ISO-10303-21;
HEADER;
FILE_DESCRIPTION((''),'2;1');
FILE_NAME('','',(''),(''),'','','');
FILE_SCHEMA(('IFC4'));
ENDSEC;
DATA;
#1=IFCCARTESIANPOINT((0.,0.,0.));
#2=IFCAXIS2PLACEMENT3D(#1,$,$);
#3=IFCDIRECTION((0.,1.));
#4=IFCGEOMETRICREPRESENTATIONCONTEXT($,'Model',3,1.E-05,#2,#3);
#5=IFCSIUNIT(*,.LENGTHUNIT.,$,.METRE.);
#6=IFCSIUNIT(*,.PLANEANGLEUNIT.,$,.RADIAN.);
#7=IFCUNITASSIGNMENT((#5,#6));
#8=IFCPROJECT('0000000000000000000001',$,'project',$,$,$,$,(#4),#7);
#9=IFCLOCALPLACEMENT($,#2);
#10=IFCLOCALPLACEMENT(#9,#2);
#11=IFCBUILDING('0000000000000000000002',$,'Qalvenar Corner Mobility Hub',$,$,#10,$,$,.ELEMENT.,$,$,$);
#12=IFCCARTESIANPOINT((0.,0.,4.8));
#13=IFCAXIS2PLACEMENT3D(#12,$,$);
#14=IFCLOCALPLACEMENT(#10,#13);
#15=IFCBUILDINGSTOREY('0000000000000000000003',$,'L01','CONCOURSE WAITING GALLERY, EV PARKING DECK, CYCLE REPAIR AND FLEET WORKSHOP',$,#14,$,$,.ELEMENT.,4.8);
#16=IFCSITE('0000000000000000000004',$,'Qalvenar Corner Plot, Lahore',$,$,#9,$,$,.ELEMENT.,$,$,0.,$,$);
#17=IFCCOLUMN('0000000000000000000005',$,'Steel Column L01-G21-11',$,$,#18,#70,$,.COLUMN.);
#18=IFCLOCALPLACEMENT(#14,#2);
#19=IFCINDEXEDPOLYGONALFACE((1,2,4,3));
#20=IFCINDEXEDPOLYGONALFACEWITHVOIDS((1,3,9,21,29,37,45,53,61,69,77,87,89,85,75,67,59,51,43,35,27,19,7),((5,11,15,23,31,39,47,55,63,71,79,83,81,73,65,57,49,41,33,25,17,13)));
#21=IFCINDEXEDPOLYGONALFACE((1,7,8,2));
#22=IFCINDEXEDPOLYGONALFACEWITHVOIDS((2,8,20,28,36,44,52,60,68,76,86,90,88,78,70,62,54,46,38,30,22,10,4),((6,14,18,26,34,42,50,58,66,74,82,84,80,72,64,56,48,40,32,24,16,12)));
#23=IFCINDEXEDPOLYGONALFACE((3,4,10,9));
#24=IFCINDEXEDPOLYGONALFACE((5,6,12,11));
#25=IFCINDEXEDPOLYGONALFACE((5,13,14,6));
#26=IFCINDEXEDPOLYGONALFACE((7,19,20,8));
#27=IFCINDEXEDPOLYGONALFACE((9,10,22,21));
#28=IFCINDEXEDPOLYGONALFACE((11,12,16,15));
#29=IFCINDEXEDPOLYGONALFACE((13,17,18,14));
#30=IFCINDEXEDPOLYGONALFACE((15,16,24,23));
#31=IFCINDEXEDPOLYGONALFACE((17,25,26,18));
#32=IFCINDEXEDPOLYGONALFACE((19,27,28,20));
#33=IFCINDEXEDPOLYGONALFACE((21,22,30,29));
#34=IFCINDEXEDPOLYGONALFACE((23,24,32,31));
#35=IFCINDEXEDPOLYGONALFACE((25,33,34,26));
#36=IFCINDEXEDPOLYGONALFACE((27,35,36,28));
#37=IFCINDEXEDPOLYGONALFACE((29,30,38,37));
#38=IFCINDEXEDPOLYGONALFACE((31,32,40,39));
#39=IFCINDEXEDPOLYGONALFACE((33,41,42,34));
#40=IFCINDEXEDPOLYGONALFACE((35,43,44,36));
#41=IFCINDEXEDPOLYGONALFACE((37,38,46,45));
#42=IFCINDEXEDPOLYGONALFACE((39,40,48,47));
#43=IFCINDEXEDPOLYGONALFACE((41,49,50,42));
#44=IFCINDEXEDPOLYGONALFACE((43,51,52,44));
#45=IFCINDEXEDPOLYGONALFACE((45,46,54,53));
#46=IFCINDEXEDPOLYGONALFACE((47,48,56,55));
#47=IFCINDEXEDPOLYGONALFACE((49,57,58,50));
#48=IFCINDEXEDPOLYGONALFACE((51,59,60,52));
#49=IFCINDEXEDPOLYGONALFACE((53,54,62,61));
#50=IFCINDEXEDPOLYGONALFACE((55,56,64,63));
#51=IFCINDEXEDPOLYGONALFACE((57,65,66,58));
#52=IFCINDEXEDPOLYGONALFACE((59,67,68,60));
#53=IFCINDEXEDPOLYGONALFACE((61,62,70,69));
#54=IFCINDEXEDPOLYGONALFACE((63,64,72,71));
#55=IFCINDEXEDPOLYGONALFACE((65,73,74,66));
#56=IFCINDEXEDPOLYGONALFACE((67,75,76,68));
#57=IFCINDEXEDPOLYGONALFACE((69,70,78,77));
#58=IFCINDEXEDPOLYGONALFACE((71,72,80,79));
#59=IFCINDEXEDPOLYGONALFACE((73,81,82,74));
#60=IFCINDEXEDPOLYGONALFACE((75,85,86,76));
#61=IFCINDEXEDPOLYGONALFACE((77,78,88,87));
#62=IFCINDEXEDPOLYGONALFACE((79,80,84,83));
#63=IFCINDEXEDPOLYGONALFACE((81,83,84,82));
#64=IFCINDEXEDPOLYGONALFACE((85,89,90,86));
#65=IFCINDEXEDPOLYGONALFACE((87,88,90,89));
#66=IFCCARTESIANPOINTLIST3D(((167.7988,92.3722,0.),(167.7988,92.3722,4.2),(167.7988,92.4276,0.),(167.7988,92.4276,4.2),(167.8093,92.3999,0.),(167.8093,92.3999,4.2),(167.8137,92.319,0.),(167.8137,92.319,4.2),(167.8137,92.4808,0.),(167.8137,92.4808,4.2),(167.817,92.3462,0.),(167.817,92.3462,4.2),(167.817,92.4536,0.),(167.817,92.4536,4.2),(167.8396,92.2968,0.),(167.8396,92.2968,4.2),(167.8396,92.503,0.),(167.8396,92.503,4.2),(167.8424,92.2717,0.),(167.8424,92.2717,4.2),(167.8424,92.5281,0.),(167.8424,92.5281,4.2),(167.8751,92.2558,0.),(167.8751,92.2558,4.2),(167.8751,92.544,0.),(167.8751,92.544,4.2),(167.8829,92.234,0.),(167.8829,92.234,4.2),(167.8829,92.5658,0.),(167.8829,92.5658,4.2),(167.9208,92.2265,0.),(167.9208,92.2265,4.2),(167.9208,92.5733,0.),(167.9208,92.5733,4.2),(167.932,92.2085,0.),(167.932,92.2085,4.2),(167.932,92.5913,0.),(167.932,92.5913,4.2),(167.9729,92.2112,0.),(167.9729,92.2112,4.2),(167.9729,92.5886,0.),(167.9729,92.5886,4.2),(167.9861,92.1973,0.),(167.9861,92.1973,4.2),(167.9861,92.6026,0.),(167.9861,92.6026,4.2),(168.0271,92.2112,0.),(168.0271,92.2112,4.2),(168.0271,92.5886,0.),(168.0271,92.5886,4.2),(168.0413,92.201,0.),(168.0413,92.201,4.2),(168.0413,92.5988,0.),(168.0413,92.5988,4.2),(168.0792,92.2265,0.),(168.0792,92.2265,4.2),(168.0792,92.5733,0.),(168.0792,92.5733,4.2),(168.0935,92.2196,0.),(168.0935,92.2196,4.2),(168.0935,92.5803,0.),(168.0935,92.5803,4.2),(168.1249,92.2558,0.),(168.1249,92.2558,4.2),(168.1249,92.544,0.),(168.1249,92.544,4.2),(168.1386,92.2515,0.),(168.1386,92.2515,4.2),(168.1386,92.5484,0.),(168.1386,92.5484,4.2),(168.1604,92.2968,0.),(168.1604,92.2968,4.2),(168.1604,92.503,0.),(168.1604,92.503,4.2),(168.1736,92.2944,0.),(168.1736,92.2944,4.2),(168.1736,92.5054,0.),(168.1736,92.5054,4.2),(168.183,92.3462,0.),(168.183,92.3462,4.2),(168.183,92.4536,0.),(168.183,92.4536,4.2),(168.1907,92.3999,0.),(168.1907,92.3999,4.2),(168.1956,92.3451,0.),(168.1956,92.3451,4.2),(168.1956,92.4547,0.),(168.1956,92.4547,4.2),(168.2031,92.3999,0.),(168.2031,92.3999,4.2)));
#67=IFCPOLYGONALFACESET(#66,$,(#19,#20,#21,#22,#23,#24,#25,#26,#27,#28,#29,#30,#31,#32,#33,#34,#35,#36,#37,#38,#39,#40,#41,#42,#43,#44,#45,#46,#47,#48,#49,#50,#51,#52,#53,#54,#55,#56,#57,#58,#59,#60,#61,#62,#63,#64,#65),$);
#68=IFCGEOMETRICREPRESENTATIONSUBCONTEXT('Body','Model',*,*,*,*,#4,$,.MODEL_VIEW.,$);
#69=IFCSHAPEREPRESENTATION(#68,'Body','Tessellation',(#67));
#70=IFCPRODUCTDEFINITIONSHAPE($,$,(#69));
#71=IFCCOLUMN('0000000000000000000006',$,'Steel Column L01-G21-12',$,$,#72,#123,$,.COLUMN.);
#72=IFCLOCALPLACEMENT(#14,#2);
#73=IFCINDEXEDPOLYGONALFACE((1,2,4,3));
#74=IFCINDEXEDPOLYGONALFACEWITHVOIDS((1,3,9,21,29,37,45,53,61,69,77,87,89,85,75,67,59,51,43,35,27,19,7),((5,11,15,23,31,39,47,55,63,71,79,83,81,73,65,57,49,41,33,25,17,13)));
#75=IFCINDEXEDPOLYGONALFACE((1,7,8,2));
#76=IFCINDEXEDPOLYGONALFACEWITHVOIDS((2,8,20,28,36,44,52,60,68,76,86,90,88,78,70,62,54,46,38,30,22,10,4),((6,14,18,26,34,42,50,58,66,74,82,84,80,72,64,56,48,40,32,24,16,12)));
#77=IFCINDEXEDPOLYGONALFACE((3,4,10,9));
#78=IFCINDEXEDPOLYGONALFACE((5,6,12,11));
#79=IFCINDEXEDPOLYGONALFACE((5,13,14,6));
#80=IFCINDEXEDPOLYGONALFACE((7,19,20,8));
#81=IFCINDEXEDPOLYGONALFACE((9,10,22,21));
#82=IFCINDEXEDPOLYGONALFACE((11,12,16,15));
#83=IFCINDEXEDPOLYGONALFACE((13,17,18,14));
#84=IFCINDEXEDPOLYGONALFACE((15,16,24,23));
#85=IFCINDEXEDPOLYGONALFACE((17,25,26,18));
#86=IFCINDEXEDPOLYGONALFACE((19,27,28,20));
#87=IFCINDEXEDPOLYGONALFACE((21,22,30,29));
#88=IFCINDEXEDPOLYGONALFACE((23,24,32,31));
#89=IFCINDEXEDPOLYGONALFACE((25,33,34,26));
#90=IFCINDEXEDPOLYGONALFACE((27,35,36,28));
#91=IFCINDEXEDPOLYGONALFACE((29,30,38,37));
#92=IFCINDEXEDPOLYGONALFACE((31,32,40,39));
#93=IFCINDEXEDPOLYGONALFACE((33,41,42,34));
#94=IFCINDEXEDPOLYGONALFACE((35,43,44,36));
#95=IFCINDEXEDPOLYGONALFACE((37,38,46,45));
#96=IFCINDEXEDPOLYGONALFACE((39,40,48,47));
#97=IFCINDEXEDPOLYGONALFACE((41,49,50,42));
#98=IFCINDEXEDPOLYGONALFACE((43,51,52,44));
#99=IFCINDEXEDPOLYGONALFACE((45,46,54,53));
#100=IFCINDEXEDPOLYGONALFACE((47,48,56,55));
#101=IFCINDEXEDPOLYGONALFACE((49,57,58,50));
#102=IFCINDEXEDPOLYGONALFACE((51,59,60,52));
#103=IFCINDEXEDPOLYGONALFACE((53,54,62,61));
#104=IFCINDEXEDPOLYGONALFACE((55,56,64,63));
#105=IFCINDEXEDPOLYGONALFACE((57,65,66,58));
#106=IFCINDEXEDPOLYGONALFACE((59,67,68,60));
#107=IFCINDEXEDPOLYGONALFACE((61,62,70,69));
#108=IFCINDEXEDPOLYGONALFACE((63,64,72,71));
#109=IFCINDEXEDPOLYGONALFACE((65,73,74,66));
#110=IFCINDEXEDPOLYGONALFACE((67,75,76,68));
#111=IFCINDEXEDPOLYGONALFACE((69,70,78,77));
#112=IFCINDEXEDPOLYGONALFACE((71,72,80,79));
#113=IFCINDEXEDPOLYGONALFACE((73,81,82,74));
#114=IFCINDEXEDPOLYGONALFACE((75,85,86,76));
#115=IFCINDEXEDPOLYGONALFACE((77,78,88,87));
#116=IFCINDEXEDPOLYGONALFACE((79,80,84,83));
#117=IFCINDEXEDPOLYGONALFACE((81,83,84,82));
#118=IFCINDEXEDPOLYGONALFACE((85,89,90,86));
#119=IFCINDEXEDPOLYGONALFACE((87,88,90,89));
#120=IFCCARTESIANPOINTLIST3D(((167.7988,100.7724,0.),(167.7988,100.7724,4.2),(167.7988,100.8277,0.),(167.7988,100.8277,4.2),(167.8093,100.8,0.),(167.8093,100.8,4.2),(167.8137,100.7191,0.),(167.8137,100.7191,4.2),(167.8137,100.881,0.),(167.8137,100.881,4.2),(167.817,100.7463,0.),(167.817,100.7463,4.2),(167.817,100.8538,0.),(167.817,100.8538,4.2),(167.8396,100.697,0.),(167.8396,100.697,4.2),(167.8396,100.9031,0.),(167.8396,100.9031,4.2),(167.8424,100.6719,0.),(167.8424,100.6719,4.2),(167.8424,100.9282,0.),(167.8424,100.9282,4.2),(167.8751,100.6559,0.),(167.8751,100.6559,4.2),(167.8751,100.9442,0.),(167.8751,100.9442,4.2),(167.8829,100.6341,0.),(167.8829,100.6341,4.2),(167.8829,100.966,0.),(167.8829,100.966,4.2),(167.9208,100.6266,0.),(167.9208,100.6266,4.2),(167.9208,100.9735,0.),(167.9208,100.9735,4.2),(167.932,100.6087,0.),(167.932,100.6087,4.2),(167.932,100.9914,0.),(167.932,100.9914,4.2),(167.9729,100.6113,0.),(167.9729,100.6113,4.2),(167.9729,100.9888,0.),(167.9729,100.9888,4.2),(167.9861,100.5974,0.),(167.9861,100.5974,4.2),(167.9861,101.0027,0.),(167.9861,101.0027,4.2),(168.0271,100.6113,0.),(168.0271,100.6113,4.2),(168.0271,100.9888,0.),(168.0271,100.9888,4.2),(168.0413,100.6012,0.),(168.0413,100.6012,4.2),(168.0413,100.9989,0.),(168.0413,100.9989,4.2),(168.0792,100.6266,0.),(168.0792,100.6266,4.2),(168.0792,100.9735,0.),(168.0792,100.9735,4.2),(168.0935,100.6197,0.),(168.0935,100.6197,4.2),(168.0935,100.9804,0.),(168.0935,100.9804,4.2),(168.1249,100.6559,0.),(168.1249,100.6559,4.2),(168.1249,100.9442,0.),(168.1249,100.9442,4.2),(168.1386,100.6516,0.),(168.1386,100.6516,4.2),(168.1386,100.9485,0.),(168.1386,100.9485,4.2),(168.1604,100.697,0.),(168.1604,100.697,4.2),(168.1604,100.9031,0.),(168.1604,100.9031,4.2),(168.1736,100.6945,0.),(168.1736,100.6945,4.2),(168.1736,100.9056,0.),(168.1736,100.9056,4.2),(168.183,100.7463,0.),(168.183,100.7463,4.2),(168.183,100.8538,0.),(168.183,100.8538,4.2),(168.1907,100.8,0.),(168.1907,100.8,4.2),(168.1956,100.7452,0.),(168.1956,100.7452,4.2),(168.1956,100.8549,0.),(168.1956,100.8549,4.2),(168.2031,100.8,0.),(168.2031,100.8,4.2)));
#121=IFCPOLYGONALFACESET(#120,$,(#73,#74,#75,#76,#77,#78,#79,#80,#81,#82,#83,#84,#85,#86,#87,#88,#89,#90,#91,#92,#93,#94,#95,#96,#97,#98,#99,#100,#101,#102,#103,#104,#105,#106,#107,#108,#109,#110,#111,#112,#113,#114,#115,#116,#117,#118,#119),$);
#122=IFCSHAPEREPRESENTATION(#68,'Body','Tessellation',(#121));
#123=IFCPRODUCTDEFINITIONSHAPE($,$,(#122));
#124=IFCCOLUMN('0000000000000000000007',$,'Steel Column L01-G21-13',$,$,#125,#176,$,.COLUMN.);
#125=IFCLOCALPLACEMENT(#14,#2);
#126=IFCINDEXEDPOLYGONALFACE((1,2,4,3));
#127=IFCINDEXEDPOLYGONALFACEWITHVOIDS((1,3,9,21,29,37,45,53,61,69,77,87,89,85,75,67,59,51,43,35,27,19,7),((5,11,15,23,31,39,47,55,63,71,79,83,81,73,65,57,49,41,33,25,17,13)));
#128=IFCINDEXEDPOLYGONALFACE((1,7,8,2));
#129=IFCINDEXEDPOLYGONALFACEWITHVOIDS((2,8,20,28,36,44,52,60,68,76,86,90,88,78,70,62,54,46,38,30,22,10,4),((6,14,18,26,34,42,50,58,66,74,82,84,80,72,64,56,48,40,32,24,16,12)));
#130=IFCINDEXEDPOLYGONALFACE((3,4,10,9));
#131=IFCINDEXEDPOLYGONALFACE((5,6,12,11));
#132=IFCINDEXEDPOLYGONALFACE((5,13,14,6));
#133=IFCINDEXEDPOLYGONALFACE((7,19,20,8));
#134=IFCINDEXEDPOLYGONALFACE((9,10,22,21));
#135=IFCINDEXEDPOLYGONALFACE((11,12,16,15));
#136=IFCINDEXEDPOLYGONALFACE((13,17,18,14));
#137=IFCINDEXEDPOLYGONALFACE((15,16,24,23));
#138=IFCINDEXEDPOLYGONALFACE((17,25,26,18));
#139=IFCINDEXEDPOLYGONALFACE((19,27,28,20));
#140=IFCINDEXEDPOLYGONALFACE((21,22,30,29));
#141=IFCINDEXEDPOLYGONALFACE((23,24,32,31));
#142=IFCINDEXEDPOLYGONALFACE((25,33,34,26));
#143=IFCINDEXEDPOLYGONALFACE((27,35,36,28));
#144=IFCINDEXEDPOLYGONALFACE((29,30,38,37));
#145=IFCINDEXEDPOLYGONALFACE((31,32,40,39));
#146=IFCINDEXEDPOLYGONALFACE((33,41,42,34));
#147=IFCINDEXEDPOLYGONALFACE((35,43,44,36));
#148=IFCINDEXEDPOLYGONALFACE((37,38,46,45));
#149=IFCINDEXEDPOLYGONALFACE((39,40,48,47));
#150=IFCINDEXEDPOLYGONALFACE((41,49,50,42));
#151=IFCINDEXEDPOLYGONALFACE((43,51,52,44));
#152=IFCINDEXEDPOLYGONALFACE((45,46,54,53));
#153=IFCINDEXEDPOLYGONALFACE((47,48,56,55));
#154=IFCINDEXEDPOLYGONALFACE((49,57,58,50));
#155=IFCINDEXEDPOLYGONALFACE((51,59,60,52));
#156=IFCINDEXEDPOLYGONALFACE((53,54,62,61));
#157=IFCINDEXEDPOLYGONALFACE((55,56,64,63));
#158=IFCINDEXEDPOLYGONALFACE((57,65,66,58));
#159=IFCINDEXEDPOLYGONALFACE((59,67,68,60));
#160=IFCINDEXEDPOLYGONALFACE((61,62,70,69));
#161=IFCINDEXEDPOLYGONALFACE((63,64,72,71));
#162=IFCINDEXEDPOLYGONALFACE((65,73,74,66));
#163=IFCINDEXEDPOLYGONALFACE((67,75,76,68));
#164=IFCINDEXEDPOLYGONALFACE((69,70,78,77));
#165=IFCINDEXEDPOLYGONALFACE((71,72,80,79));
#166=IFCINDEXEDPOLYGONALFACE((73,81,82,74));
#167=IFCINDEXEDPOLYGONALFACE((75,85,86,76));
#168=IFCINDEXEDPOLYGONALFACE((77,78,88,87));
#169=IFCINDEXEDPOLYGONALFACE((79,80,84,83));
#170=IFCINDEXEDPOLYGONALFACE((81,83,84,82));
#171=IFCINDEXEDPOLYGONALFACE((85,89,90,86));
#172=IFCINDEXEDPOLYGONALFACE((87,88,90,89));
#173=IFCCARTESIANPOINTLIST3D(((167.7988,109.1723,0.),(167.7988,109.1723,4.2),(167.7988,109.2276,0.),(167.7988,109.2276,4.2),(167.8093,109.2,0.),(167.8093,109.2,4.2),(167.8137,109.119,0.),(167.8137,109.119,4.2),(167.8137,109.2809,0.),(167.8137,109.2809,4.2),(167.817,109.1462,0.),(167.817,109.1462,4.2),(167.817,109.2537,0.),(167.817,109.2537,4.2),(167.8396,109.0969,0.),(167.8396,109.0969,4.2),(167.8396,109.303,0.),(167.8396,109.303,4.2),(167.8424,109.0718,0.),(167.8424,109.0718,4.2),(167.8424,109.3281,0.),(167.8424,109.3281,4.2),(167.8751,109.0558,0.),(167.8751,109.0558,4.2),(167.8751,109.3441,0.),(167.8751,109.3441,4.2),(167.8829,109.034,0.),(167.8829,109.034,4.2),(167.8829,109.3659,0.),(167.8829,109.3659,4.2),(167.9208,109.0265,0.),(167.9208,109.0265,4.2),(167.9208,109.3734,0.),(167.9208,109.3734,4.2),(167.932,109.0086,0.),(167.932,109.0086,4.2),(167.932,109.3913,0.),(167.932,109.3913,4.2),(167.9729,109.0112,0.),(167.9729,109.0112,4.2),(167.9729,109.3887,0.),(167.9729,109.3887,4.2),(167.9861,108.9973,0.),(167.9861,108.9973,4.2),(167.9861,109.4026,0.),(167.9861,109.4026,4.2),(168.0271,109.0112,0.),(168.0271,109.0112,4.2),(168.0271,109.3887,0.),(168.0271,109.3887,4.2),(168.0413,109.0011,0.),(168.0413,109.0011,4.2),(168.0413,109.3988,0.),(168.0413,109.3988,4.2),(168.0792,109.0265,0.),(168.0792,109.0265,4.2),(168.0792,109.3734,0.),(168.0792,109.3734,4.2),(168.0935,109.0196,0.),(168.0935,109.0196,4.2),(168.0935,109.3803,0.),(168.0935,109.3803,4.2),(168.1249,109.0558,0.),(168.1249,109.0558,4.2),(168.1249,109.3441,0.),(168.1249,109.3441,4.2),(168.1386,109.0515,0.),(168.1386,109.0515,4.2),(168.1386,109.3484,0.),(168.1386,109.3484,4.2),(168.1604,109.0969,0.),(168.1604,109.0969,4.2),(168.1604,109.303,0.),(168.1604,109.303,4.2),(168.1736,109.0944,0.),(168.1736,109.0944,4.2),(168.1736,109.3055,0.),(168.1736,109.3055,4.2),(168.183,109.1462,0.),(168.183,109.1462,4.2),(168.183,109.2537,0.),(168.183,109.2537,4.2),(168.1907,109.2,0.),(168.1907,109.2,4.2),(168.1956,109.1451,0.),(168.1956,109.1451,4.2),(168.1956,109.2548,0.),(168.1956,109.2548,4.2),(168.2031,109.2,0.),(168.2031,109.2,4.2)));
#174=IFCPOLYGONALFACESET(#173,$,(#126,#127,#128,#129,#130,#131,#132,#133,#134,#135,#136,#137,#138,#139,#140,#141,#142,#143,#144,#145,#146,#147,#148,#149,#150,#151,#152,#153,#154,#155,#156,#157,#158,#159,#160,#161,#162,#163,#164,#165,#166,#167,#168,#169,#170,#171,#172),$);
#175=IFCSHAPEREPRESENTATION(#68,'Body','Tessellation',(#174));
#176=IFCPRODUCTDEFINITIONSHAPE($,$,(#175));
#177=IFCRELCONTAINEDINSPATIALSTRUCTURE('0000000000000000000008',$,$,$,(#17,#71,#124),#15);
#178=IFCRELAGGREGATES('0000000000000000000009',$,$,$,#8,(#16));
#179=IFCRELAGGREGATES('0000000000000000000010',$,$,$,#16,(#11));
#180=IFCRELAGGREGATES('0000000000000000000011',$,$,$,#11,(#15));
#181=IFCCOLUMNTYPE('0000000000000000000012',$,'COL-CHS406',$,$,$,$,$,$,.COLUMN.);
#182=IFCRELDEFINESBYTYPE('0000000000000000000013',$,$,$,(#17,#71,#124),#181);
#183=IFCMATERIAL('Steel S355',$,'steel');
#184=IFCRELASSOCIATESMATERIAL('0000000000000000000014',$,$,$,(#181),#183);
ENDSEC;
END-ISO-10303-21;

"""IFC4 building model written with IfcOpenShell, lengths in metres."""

from ifc_helpers import new_model, si_unit, direction, frame, origin, origin_2d, place, context, subcontext, project, spatial, hollow_circle, extrude, material, material_profile, profile_set, type_object, element, save


model = new_model("IFC4")

# Units and contexts
model_context = context("Model", 3, precision=1e-05, world=origin(), true_north=direction((0.0, 1.0)))
body_context = subcontext(model_context, "Body", "Model", "MODEL_VIEW")
ifc_project = project(units=[si_unit("LENGTHUNIT", "METRE"), si_unit("PLANEANGLEUNIT", "RADIAN")], contexts=[model_context])

# Site, building, storey
site_placement = place(None, origin())
site = spatial("IfcSite", under=ifc_project, at=site_placement, Name="Qalvenar Corner Plot, Lahore", CompositionType="ELEMENT", RefElevation=0.0)
building_placement = place(site_placement, origin())
building = spatial("IfcBuilding", under=site, at=building_placement, Name="Qalvenar Corner Mobility Hub", CompositionType="ELEMENT")
storey_placement = place(building_placement, frame((0.0, 0.0, 4.8)))
storey = spatial("IfcBuildingStorey", under=building, at=storey_placement, Name="L01", Description="CONCOURSE WAITING GALLERY, EV PARKING DECK, CYCLE REPAIR AND FLEET WORKSHOP", CompositionType="ELEMENT", Elevation=4.8)

# Columns
ifc_material_1 = material(Name="Steel S355", Category="steel")
ifc_material_profile_1 = material_profile(ifc_material_1, hollow_circle(Radius=0.2031, WallThickness=0.0125, at=origin_2d()), Name="CHS406.4x12.5")
ifc_profile_set_1 = profile_set([ifc_material_profile_1], Name="Steel S355")
column_type = type_object("IfcColumnType", Name="COL-CHS406", PredefinedType="COLUMN", material=ifc_profile_set_1)
for number, where, z_axis, x_axis, name in (
    (1, (168.0, 92.3999, 0.0), (0.0, 0.0, 1.0), (1.0, 0.0, 0.0), "Steel Column L01-G21-11"),
    (2, (168.0, 100.8, 0.0), (0.0, 0.0, 1.0), (1.0, 0.0, 0.0), "Steel Column L01-G21-12"),
    (3, (168.0, 109.2, 0.0), (0.0, 0.0, 1.0), (1.0, 0.0, 0.0), "Steel Column L01-G21-13"),
):
    element("IfcColumn", number, at=place(storey_placement, frame(where, z_axis=z_axis, x_axis=x_axis)), inside=storey, type_object=column_type, Name=name, PredefinedType="COLUMN", context=body_context, shape_type="SweptSolid", body=[
        extrude(hollow_circle(Radius=0.2031, WallThickness=0.0125, at=origin_2d()), origin(), (0.0, 0.0, 1.0), 4.2),
    ])

save(model, "model.ifc")
